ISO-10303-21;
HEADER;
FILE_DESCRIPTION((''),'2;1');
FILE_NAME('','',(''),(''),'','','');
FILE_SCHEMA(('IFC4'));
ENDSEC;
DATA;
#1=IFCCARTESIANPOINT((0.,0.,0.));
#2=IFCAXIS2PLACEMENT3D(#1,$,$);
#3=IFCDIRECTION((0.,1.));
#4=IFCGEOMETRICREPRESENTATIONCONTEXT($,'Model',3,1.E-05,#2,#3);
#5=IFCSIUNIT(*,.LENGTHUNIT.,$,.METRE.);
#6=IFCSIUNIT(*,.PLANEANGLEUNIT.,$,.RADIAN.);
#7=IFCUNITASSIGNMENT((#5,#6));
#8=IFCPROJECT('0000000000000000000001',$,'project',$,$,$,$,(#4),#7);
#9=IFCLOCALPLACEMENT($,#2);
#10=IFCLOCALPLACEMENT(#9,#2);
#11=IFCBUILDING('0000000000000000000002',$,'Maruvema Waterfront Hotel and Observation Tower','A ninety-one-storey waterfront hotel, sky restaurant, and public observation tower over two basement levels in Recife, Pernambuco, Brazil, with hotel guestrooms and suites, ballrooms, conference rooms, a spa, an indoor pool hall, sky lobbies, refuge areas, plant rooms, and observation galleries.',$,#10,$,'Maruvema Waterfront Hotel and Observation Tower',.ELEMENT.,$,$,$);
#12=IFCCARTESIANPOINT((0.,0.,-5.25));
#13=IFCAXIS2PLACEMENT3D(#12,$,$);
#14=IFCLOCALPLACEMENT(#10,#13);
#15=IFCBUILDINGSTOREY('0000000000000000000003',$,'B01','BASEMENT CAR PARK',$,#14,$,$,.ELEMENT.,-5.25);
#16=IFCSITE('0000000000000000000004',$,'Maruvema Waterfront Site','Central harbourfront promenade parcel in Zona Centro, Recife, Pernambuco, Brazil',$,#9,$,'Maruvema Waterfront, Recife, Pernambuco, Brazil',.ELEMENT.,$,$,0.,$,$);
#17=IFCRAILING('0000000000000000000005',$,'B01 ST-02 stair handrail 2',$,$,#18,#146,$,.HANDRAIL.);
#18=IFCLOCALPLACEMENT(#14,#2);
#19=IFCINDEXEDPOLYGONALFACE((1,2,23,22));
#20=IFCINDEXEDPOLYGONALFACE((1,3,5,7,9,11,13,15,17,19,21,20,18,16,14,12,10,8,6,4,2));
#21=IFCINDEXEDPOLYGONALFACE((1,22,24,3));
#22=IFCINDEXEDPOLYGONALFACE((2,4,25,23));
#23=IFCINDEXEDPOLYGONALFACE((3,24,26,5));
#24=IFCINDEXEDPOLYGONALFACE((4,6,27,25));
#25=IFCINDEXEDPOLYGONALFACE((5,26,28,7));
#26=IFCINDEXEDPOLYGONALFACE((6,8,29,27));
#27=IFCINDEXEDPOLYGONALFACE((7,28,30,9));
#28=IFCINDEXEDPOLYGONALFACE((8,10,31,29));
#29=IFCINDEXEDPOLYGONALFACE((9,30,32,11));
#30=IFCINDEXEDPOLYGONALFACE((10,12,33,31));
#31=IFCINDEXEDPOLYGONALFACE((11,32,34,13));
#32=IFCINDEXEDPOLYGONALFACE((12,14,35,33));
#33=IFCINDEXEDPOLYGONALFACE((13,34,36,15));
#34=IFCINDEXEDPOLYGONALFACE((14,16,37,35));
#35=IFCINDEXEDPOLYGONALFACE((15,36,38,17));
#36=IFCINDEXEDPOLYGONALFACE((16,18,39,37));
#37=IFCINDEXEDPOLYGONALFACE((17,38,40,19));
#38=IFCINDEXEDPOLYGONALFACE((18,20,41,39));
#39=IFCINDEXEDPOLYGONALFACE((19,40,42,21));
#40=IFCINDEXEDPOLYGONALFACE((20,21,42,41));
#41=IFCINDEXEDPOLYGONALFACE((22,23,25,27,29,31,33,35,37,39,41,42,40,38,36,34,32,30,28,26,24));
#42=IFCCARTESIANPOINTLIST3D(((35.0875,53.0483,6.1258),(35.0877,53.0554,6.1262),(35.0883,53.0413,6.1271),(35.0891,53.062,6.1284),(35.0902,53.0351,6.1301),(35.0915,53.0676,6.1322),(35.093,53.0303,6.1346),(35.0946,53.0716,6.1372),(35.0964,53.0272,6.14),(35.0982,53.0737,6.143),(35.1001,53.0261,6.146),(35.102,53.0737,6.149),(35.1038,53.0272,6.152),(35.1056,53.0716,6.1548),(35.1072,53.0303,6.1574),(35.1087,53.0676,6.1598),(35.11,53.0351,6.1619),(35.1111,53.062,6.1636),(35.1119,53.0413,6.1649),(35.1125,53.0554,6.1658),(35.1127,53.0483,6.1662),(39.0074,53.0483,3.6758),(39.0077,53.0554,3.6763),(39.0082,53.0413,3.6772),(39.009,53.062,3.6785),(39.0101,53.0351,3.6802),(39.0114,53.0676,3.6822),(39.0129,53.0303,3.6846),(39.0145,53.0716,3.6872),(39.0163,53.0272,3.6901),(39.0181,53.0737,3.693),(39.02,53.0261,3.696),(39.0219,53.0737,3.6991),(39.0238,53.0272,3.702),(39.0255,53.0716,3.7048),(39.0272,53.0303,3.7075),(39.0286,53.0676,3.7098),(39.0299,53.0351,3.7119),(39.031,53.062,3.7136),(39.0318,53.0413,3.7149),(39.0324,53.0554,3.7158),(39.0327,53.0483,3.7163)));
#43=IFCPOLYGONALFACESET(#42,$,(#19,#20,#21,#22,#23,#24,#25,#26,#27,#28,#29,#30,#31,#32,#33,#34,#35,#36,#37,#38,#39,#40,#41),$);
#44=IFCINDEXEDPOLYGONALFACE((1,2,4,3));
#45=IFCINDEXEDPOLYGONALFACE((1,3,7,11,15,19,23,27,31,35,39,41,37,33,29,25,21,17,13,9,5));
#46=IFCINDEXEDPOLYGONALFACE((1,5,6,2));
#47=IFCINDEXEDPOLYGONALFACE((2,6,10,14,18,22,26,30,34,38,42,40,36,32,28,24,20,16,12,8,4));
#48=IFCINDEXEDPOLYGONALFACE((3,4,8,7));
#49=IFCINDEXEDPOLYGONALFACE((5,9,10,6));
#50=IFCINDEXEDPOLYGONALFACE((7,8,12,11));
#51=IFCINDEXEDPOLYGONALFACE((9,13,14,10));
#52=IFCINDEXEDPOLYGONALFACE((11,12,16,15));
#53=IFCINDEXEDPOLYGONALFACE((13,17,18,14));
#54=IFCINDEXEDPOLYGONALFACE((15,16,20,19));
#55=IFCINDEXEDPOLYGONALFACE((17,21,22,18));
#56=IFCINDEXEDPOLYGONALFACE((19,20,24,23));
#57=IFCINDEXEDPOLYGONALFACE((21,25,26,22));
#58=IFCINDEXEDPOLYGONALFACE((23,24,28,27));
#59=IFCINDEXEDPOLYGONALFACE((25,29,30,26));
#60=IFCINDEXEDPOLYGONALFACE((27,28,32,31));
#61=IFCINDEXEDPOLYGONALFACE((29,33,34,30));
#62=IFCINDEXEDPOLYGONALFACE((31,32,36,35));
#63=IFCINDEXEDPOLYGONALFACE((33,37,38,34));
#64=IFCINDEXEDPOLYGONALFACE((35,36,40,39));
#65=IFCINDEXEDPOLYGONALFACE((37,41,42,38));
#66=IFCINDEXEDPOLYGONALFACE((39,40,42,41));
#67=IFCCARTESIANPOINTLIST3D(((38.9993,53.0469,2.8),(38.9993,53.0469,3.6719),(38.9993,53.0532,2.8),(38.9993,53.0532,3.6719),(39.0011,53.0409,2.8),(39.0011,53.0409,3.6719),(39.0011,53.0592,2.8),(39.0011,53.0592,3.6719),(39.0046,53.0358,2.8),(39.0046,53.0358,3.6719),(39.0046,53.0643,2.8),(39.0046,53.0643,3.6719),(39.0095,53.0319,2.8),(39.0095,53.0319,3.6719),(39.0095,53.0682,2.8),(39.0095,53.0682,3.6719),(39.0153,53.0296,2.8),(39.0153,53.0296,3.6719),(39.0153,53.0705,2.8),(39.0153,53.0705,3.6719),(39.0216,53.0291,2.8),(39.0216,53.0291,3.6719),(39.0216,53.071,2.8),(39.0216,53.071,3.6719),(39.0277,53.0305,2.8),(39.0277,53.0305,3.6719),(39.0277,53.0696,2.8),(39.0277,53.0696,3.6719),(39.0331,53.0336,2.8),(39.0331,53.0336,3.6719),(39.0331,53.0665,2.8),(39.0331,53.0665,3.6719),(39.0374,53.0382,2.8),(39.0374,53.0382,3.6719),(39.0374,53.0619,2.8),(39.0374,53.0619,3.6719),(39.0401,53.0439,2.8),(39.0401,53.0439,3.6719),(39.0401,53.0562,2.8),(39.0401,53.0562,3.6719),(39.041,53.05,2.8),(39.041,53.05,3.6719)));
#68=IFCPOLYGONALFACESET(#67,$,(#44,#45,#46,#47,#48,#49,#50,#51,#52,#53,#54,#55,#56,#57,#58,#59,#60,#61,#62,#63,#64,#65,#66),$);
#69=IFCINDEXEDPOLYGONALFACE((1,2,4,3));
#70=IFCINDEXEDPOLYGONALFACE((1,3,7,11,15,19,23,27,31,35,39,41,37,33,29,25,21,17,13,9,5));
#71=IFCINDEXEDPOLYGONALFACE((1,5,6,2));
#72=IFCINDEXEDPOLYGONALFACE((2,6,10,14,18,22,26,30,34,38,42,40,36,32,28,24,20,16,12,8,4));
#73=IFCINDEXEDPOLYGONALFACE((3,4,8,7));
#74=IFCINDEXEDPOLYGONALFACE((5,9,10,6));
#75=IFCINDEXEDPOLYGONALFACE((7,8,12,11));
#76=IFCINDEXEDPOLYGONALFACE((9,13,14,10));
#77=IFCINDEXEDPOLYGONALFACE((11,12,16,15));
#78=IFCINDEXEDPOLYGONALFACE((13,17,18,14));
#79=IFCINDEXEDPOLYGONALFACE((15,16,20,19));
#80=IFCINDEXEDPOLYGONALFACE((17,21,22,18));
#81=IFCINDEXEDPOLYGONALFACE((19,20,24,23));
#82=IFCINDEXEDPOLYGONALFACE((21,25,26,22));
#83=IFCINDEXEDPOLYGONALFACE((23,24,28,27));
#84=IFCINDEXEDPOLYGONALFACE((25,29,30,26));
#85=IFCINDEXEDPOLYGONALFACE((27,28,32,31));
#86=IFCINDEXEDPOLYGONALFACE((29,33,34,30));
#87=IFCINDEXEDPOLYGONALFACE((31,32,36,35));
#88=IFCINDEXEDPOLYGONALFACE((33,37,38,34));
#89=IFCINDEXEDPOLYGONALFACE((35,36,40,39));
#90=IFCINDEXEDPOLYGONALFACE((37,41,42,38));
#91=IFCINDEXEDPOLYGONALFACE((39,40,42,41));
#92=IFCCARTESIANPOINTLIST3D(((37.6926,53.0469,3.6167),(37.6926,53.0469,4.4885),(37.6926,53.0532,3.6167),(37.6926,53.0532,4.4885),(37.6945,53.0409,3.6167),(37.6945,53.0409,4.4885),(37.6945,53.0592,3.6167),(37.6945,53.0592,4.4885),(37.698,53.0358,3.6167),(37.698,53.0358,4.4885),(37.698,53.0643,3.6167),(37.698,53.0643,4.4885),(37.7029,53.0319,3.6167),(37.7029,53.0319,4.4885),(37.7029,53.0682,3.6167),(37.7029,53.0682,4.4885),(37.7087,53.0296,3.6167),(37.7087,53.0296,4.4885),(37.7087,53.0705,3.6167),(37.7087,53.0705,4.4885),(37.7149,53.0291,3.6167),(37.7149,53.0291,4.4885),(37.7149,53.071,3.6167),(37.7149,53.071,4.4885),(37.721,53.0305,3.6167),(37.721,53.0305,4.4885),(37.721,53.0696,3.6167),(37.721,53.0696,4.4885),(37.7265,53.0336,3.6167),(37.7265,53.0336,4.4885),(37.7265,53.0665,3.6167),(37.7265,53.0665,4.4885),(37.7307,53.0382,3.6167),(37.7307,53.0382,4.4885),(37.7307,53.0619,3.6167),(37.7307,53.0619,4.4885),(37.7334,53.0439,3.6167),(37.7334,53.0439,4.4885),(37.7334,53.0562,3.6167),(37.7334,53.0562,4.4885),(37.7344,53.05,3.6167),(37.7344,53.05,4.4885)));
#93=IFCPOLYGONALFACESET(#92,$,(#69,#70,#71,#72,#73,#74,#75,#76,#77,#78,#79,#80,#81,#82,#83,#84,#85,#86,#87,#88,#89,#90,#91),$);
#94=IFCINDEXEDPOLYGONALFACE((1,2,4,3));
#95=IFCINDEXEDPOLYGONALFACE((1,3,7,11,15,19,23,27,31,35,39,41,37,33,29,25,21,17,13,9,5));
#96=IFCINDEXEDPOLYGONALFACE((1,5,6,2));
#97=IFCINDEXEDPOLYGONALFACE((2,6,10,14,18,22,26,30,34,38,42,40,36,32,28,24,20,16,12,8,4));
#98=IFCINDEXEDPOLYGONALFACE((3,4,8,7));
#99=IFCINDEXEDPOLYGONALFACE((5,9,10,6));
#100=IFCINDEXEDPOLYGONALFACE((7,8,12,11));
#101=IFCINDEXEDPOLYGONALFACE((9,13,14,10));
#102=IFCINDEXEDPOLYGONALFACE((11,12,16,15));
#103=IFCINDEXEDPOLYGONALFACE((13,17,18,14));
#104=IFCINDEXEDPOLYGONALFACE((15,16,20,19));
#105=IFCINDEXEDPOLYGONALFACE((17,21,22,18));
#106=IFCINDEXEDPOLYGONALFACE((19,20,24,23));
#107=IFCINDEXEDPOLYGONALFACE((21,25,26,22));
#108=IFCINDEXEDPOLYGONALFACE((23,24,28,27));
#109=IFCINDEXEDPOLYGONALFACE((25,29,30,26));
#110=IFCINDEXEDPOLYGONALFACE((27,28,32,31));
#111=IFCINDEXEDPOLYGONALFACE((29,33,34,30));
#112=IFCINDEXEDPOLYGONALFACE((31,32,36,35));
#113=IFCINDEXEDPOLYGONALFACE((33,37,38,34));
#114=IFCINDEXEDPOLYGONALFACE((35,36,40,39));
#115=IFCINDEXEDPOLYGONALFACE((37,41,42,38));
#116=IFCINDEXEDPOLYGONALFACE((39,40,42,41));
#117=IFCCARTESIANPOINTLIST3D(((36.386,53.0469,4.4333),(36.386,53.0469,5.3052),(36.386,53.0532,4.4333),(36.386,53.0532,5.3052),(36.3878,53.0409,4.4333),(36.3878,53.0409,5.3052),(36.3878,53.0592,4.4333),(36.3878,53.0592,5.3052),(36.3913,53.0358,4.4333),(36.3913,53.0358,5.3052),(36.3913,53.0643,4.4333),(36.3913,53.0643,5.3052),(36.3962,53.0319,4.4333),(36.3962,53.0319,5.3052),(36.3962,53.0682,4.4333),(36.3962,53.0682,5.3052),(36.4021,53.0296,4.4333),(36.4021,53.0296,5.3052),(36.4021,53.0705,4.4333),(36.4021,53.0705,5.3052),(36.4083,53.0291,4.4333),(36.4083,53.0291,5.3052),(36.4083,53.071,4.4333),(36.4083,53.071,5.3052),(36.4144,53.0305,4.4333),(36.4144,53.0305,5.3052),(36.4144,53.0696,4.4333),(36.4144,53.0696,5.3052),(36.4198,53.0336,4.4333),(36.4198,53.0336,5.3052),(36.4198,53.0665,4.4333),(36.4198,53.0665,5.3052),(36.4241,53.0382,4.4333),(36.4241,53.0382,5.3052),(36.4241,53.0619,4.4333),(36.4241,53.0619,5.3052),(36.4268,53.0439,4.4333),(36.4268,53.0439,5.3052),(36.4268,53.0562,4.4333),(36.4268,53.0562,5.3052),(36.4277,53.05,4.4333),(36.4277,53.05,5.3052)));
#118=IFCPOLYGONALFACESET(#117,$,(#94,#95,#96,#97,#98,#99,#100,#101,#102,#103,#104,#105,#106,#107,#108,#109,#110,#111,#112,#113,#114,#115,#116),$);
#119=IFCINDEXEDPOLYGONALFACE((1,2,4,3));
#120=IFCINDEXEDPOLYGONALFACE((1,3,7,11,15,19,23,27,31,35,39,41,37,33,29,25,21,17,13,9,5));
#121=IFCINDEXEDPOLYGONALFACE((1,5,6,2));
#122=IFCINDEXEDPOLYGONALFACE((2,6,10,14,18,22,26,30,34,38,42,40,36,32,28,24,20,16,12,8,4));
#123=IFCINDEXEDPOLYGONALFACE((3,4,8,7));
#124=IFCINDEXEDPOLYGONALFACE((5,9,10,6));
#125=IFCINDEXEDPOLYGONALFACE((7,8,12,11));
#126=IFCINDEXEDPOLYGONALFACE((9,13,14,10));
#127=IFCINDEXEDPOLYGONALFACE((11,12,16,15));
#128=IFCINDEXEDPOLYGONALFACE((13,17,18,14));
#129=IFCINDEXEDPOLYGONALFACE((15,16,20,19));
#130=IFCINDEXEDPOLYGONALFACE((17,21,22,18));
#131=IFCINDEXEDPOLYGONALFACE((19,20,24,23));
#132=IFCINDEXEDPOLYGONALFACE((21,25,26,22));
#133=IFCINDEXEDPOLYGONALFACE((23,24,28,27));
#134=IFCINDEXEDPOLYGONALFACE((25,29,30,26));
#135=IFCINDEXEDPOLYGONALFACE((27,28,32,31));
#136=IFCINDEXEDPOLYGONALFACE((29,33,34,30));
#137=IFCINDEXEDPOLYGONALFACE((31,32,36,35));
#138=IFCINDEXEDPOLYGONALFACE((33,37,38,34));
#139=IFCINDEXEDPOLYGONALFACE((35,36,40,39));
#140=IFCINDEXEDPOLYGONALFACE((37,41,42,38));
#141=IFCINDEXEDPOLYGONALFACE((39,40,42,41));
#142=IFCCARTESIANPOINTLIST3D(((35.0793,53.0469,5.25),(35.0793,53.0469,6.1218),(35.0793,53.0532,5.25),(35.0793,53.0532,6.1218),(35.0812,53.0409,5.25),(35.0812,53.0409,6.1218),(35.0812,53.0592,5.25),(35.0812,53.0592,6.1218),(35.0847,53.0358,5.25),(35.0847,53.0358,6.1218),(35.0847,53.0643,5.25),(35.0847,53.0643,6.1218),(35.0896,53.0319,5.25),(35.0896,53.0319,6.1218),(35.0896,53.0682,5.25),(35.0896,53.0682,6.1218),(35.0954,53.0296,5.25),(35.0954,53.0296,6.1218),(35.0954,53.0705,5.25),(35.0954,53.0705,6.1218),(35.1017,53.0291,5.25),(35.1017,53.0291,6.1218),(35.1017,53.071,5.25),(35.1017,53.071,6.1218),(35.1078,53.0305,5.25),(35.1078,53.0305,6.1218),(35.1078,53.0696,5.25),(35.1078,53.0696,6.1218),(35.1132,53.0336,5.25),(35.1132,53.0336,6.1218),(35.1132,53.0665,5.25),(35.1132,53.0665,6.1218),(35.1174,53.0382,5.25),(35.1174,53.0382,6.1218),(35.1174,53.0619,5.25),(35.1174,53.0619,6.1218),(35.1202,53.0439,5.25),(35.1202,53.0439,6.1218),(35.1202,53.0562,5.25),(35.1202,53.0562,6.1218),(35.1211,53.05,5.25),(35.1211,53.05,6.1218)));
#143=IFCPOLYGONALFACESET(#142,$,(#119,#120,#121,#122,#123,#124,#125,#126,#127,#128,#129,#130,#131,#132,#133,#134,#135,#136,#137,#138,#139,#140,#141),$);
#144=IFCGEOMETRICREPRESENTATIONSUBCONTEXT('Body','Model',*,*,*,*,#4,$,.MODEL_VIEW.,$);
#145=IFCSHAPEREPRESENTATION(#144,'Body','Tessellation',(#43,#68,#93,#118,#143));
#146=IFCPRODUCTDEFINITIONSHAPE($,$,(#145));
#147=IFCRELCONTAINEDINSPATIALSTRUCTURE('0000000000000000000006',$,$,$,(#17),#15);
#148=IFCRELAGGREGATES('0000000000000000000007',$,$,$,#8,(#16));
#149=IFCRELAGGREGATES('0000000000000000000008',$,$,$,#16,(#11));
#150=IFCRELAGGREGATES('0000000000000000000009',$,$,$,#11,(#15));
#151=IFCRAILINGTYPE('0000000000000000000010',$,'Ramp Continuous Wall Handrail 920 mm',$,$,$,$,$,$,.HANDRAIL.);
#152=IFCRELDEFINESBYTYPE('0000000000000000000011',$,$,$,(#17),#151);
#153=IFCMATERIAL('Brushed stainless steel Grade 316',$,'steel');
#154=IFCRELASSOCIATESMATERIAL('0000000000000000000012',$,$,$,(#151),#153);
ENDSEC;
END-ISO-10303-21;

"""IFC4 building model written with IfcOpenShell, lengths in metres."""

from ifc_helpers import new_model, si_unit, direction, frame, origin, origin_2d, place, context, subcontext, project, spatial, circle, extrude, material, type_object, element, save


model = new_model("IFC4")

# Units and contexts
model_context = context("Model", 3, precision=1e-05, world=origin(), true_north=direction((0.0, 1.0)))
body_context = subcontext(model_context, "Body", "Model", "MODEL_VIEW")
ifc_project = project(units=[si_unit("LENGTHUNIT", "METRE"), si_unit("PLANEANGLEUNIT", "RADIAN")], contexts=[model_context])

# Site, building, storey
site_placement = place(None, origin())
site = spatial("IfcSite", under=ifc_project, at=site_placement, Name="Maruvema Waterfront Site", Description="Central harbourfront promenade parcel in Zona Centro, Recife, Pernambuco, Brazil", LongName="Maruvema Waterfront, Recife, Pernambuco, Brazil", CompositionType="ELEMENT", RefElevation=0.0)
building_placement = place(site_placement, origin())
building = spatial("IfcBuilding", under=site, at=building_placement, Name="Maruvema Waterfront Hotel and Observation Tower", Description="A ninety-one-storey waterfront hotel, sky restaurant, and public observation tower over two basement levels in Recife, Pernambuco, Brazil, with hotel guestrooms and suites, ballrooms, conference rooms, a spa, an indoor pool hall, sky lobbies, refuge areas, plant rooms, and observation galleries.", LongName="Maruvema Waterfront Hotel and Observation Tower", CompositionType="ELEMENT")
storey_placement = place(building_placement, frame((0.0, 0.0, -5.25)))
storey = spatial("IfcBuildingStorey", under=building, at=storey_placement, Name="B01", Description="BASEMENT CAR PARK", CompositionType="ELEMENT", Elevation=-5.25)

# Railing
ifc_material_1 = material(Name="Brushed stainless steel Grade 316", Category="steel")
railing_type_1 = type_object("IfcRailingType", Name="Ramp Continuous Wall Handrail 920 mm", PredefinedType="HANDRAIL", material=ifc_material_1)
railing_1_placement = place(storey_placement, frame((39.02, 53.05, 2.8)))
element("IfcRailing", 1, at=railing_1_placement, inside=storey, type_object=railing_type_1, Name="B01 ST-02 stair handrail 2", PredefinedType="HANDRAIL", context=body_context, shape_type="SweptSolid", body=[
    extrude(circle(Radius=0.0239, at=origin_2d()), frame((0.0, 0.0, 0.896), z_axis=(-0.847998, 0.0, 0.529999), x_axis=(0.0, -1.0, 0.0)), (0.0, 0.0, 1.0), 4.6226),
    extrude(circle(Radius=0.021, at=origin_2d()), origin(), (0.0, 0.0, 1.0), 0.8718),
    extrude(circle(Radius=0.021, at=origin_2d()), frame((-1.3066, 0.0, 0.8167)), (0.0, 0.0, 1.0), 0.8718),
    extrude(circle(Radius=0.021, at=origin_2d()), frame((-2.6133, 0.0, 1.6333)), (0.0, 0.0, 1.0), 0.8718),
    extrude(circle(Radius=0.021, at=origin_2d()), frame((-3.9199, 0.0, 2.45)), (0.0, 0.0, 1.0), 0.8718),
])

save(model, "model.ifc")
